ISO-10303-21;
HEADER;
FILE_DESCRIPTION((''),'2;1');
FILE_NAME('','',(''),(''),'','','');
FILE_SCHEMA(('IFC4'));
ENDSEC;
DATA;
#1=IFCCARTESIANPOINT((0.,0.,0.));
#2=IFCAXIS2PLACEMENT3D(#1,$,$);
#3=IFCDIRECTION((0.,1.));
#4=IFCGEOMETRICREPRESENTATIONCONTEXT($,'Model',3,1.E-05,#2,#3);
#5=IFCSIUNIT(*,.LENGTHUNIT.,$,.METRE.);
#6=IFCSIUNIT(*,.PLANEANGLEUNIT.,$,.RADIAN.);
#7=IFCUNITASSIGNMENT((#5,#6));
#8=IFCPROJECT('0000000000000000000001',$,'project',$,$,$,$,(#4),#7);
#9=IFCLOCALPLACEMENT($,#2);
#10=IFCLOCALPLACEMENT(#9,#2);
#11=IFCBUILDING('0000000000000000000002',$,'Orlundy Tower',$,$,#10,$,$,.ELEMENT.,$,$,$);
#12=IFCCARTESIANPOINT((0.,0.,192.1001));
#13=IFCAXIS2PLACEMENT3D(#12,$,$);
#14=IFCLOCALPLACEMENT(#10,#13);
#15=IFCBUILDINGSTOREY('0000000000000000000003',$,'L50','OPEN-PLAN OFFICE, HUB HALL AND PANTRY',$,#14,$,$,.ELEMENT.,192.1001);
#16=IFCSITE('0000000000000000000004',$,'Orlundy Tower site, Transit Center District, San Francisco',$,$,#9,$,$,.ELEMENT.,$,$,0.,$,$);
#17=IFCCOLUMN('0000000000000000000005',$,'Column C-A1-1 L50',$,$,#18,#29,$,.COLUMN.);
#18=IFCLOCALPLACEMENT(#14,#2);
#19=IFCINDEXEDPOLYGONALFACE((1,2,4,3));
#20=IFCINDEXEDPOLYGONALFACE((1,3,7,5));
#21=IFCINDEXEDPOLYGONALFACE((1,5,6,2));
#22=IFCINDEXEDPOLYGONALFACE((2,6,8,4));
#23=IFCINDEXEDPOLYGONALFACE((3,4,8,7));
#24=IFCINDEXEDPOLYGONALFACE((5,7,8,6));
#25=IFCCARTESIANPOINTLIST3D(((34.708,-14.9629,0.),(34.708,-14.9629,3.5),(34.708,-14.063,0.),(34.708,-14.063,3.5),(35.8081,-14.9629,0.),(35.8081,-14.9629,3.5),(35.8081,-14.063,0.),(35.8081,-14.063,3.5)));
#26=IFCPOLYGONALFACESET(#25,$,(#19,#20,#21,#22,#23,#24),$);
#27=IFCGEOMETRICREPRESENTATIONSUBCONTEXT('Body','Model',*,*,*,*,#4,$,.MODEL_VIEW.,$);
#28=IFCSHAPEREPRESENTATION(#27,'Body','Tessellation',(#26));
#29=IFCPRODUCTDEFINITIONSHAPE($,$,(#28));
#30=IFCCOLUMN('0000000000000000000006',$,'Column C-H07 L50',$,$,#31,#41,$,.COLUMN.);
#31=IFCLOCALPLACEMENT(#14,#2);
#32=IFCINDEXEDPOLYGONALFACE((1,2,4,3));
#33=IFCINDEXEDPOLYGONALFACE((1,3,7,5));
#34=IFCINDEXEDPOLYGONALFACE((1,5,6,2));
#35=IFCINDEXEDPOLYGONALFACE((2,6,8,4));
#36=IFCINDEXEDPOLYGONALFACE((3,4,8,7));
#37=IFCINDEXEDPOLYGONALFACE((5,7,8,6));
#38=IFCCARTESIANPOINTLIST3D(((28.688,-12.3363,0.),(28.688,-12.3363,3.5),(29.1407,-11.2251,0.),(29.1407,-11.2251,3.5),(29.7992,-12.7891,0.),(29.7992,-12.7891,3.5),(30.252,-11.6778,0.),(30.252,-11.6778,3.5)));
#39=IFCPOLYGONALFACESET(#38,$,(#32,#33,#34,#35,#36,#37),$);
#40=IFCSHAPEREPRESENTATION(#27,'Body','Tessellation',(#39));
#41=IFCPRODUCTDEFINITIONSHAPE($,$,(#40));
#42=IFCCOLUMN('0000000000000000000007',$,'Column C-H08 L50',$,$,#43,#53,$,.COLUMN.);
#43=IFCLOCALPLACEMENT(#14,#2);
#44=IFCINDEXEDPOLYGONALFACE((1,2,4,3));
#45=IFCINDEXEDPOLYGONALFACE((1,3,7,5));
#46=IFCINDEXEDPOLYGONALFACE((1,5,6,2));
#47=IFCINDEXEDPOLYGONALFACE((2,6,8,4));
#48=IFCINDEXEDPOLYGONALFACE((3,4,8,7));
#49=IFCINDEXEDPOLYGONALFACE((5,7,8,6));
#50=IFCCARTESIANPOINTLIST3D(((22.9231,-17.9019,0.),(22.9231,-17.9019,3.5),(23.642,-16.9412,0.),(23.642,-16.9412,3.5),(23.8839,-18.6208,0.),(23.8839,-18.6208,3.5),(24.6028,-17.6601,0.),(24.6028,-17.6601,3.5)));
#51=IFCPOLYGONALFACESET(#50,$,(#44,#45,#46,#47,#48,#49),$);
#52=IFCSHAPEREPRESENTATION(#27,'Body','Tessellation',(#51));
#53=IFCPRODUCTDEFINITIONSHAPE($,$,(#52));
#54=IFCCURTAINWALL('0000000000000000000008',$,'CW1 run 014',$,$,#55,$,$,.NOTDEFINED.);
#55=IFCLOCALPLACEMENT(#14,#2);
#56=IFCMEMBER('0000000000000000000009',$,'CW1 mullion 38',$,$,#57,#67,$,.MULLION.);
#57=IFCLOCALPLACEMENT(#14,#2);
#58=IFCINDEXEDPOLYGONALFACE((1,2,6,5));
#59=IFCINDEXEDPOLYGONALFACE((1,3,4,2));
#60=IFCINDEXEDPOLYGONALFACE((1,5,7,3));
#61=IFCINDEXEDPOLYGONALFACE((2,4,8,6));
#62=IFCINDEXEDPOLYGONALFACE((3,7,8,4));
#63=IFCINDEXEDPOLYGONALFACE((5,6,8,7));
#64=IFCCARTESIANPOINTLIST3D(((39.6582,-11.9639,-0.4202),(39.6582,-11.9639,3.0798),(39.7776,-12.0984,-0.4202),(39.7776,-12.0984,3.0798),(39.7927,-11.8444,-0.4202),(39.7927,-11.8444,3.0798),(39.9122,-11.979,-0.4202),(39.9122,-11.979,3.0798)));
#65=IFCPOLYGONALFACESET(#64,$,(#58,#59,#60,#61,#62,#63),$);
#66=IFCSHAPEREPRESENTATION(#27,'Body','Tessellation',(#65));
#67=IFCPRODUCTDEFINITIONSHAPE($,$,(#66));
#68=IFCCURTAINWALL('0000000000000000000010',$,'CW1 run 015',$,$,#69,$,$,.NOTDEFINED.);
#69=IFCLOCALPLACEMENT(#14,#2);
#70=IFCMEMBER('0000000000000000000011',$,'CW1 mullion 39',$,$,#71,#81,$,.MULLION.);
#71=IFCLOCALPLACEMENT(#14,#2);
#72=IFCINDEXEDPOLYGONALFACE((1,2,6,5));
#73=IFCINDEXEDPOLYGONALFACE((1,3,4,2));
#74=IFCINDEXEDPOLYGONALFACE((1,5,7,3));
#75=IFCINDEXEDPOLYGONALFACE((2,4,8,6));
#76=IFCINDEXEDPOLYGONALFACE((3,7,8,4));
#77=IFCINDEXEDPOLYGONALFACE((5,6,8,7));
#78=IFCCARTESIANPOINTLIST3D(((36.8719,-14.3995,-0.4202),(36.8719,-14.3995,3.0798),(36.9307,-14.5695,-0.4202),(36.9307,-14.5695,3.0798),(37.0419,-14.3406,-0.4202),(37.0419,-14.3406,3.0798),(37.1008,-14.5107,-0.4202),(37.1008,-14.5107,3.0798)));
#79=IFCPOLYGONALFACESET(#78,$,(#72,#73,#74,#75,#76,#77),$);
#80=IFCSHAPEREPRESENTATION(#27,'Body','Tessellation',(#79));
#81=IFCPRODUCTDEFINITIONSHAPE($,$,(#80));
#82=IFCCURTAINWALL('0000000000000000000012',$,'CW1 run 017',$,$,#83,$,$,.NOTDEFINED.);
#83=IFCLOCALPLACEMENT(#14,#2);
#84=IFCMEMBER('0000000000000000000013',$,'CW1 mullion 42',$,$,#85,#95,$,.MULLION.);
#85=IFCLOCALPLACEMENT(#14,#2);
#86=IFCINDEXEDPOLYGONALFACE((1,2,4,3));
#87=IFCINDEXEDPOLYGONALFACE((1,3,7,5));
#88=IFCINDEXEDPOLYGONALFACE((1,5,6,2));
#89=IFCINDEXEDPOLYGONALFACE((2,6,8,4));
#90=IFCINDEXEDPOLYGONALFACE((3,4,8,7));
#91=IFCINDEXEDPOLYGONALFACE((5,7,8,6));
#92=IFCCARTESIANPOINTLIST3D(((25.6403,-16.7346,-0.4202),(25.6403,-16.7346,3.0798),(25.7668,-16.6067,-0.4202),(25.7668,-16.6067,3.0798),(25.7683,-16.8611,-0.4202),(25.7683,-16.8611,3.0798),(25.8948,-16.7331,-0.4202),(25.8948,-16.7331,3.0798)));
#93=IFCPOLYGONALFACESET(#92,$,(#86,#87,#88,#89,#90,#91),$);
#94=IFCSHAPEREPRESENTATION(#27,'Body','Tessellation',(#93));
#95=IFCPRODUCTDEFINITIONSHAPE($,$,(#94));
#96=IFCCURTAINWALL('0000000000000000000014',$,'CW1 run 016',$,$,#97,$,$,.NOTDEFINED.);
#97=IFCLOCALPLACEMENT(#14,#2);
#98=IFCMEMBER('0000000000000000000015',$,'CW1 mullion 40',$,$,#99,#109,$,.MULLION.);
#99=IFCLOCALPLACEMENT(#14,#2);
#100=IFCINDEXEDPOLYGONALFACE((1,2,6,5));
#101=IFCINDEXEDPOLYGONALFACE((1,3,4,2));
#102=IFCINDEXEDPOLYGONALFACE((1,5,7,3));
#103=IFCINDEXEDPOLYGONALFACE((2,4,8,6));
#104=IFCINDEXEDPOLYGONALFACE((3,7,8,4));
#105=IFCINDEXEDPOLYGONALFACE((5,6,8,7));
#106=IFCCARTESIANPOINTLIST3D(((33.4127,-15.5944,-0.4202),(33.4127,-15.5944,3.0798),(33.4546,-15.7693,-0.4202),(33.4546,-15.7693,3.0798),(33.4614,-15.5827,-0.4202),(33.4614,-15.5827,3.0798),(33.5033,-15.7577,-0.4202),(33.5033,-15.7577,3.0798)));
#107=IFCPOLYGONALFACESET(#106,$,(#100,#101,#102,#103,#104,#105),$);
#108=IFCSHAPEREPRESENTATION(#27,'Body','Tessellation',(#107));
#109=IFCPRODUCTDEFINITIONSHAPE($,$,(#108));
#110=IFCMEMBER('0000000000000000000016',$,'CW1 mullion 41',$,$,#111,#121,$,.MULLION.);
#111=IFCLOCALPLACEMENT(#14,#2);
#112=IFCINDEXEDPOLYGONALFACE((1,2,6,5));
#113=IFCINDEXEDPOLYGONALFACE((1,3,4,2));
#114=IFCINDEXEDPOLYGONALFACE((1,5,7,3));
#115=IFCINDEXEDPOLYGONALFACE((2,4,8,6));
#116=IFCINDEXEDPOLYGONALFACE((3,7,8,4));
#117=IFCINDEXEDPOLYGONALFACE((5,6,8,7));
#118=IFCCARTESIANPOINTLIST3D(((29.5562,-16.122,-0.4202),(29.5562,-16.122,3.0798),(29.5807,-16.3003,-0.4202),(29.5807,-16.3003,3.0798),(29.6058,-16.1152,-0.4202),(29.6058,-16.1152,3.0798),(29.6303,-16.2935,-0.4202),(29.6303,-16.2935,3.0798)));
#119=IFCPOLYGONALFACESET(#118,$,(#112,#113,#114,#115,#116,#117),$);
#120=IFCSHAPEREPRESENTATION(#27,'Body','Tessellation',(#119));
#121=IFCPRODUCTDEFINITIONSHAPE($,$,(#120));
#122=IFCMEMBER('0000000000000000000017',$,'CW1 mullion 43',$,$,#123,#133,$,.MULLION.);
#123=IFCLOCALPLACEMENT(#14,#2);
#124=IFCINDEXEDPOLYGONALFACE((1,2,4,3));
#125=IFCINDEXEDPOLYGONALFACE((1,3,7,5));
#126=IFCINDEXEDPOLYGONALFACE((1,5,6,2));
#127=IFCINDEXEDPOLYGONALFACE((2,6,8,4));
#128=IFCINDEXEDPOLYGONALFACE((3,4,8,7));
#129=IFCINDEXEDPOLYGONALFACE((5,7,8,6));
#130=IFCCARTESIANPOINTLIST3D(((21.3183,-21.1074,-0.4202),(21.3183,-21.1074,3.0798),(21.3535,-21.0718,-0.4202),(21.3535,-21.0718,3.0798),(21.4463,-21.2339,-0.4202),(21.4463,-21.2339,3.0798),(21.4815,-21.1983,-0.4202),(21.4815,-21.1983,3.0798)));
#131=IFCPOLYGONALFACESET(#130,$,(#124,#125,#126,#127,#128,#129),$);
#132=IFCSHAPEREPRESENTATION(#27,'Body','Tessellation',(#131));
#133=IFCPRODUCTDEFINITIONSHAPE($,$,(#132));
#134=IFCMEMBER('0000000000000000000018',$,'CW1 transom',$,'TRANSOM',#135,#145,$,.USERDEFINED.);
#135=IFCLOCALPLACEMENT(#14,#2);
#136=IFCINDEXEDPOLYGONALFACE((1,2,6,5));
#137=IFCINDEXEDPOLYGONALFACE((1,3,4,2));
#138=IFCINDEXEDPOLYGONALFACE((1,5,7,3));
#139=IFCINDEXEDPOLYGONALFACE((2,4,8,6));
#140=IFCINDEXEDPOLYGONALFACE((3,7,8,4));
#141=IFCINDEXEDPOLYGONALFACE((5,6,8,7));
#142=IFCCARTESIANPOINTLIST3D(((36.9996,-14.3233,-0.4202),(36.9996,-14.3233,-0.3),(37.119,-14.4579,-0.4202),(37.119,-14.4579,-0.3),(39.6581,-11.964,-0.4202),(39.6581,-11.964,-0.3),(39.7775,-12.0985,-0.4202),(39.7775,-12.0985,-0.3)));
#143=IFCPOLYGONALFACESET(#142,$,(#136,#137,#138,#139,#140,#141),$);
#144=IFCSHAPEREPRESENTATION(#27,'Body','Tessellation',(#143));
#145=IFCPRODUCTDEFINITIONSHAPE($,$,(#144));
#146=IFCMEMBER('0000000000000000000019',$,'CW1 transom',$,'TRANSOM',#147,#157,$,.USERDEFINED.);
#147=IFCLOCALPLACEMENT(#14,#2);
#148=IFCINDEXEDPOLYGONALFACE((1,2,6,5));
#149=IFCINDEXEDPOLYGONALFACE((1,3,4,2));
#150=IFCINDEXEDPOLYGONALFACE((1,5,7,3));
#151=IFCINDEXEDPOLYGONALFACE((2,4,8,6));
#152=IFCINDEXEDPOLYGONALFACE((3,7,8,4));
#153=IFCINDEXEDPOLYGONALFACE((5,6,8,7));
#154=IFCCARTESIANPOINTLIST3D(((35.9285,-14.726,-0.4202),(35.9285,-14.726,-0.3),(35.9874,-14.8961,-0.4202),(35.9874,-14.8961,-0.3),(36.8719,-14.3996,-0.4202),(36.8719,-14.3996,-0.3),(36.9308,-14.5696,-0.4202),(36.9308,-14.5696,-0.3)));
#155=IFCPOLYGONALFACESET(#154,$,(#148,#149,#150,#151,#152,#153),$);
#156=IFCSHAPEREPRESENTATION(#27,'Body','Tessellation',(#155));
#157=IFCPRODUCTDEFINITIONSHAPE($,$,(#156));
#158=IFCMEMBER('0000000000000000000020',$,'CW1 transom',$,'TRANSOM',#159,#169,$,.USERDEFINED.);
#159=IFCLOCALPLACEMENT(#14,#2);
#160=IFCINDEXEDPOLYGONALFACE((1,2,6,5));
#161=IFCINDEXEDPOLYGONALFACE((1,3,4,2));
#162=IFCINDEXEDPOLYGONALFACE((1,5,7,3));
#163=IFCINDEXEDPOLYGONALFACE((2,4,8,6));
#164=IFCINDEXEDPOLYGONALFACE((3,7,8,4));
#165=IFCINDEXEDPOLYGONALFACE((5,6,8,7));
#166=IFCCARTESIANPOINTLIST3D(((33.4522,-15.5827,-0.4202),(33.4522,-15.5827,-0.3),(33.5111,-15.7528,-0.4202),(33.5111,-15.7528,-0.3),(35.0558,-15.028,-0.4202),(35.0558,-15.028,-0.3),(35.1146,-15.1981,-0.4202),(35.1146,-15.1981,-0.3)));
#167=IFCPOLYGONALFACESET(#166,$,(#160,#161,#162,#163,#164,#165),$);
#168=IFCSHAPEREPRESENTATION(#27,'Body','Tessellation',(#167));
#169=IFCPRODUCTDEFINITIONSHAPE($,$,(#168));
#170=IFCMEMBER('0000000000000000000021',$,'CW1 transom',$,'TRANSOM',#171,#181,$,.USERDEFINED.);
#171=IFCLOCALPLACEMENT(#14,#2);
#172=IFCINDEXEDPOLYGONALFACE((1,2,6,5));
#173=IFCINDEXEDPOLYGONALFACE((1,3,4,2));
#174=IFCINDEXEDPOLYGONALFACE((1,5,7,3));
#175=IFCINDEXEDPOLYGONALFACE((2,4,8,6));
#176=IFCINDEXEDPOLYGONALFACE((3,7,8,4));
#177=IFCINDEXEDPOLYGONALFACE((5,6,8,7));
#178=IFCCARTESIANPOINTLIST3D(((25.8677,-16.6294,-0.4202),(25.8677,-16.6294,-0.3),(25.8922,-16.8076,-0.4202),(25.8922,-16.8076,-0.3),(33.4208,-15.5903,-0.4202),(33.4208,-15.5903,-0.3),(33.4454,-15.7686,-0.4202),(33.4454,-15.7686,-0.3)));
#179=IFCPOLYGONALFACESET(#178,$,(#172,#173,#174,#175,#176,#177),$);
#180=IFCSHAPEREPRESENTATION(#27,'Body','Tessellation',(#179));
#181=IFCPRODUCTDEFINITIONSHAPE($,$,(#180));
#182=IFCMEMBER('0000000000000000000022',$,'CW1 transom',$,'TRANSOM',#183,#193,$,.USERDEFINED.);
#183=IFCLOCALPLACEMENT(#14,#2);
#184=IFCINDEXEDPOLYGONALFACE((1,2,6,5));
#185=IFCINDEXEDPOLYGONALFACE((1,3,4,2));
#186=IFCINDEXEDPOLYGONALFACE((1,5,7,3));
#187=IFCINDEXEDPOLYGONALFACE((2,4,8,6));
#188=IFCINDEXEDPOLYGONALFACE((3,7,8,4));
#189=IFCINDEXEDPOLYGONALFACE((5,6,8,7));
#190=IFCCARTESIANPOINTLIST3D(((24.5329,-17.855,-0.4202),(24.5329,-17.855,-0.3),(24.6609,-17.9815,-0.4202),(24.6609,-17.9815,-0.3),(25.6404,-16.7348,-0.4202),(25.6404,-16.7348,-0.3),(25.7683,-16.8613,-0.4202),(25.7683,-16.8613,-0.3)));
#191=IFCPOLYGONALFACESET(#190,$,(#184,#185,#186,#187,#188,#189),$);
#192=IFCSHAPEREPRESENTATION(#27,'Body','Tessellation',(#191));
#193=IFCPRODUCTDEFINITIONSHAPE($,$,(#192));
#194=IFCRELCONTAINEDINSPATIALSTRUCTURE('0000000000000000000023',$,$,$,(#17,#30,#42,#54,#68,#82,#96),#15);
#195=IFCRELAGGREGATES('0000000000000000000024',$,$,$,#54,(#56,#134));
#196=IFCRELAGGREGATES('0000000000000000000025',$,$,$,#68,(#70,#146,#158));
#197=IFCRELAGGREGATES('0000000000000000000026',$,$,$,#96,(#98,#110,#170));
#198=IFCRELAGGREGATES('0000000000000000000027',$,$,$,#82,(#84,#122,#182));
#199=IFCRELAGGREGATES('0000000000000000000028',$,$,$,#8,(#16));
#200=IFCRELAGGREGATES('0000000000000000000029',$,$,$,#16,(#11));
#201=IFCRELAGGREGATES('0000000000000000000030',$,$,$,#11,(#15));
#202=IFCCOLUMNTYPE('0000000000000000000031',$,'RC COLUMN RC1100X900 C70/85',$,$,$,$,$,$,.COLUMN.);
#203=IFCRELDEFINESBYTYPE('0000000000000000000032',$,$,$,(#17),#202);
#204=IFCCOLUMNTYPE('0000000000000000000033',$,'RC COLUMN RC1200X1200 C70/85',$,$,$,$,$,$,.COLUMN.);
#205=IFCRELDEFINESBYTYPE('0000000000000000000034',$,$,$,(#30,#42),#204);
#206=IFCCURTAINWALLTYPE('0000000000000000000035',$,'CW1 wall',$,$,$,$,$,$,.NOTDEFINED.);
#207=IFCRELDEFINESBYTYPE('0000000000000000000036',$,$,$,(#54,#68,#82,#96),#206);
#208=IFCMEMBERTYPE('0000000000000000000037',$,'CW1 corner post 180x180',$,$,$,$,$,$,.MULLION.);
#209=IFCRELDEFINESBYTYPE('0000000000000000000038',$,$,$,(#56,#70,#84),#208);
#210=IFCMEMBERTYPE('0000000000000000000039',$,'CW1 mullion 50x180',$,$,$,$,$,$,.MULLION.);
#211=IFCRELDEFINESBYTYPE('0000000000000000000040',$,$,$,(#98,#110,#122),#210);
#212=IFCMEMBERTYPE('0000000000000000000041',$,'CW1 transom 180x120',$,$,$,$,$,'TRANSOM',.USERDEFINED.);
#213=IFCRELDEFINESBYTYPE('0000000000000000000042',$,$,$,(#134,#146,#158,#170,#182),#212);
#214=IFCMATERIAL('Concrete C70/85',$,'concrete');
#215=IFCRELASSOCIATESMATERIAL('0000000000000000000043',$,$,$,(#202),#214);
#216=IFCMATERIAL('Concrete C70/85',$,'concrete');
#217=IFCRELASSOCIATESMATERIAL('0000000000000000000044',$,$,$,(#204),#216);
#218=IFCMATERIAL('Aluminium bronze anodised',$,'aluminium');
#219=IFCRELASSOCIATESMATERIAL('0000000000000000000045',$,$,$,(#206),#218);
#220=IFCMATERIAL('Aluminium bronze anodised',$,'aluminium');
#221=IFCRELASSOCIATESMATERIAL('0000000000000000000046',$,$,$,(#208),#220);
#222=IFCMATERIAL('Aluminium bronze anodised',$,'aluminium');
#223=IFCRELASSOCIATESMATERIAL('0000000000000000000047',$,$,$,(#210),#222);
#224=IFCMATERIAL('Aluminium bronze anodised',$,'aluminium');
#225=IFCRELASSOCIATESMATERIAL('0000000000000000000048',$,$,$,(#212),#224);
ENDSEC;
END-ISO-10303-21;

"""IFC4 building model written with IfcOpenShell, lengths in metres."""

from ifc_helpers import new_model, si_unit, direction, frame, origin, origin_2d, place, context, subcontext, project, spatial, rectangle, extrude, material, material_profile, profile_set, type_object, element, aggregate, save


model = new_model("IFC4")

# Units and contexts
model_context = context("Model", 3, precision=1e-05, world=origin(), true_north=direction((0.0, 1.0)))
body_context = subcontext(model_context, "Body", "Model", "MODEL_VIEW")
ifc_project = project(units=[si_unit("LENGTHUNIT", "METRE"), si_unit("PLANEANGLEUNIT", "RADIAN")], contexts=[model_context])

# Site, building, storey
site_placement = place(None, origin())
site = spatial("IfcSite", under=ifc_project, at=site_placement, Name="Orlundy Tower site, Transit Center District, San Francisco", CompositionType="ELEMENT", RefElevation=0.0)
building_placement = place(site_placement, origin())
building = spatial("IfcBuilding", under=site, at=building_placement, Name="Orlundy Tower", CompositionType="ELEMENT")
storey_placement = place(building_placement, frame((0.0, 0.0, 192.1001)))
storey = spatial("IfcBuildingStorey", under=building, at=storey_placement, Name="L50", Description="OPEN-PLAN OFFICE, HUB HALL AND PANTRY", CompositionType="ELEMENT", Elevation=192.1001)

# Columns
ifc_material_1 = material(Name="Concrete C70/85", Category="concrete")
ifc_material_profile_1 = material_profile(ifc_material_1, rectangle(XDim=1.1001, YDim=0.8999, at=origin_2d()), Name="RC1100X900")
ifc_profile_set_1 = profile_set([ifc_material_profile_1], Name="Concrete C70/85")
column_type_1 = type_object("IfcColumnType", Name="RC COLUMN RC1100X900 C70/85", PredefinedType="COLUMN", material=ifc_profile_set_1)
column_placement = place(storey_placement, frame((35.2581, -14.5129, 0.0), z_axis=(0.0, 0.0, 1.0), x_axis=(1.0, 0.0, 0.0)))
element("IfcColumn", 1, at=column_placement, inside=storey, type_object=column_type_1, Name="Column C-A1-1 L50", PredefinedType="COLUMN", context=body_context, shape_type="SweptSolid", body=[
    extrude(rectangle(XDim=1.1001, YDim=0.8999, at=origin_2d()), origin(), (0.0, 0.0, 1.0), 3.5),
])
ifc_material_2 = material(Name="Concrete C70/85", Category="concrete")
ifc_material_profile_2 = material_profile(ifc_material_2, rectangle(XDim=1.2, YDim=1.2, at=origin_2d()), Name="RC1200X1200")
ifc_profile_set_2 = profile_set([ifc_material_profile_2], Name="Concrete C70/85")
column_type_2 = type_object("IfcColumnType", Name="RC COLUMN RC1200X1200 C70/85", PredefinedType="COLUMN", material=ifc_profile_set_2)
for number, where, z_axis, x_axis, name in (
    (2, (29.47, -12.0071, 0.0), (0.0, 0.0, 1.0), (0.926081, -0.377324, 0.0), "Column C-H07 L50"),
    (3, (23.7629, -17.781, 0.0), (0.0, 0.0, 1.0), (0.800669, -0.599107, 0.0), "Column C-H08 L50"),
):
    element("IfcColumn", number, at=place(storey_placement, frame(where, z_axis=z_axis, x_axis=x_axis)), inside=storey, type_object=column_type_2, Name=name, PredefinedType="COLUMN", context=body_context, shape_type="SweptSolid", body=[
        extrude(rectangle(XDim=1.2, YDim=1.2, at=origin_2d()), origin(), (0.0, 0.0, 1.0), 3.5),
    ])

# Curtain walls, members
ifc_material_3 = material(Name="Aluminium bronze anodised", Category="aluminium")
curtain_wall_type = type_object("IfcCurtainWallType", Name="CW1 wall", PredefinedType="NOTDEFINED", material=ifc_material_3)
curtain_wall_1_placement = place(storey_placement, origin())
curtain_wall_1 = element("IfcCurtainWall", 4, at=curtain_wall_1_placement, inside=storey, type_object=curtain_wall_type, Name="CW1 run 014", PredefinedType="NOTDEFINED")
ifc_material_4 = material(Name="Aluminium bronze anodised", Category="aluminium")
ifc_material_profile_3 = material_profile(ifc_material_4, rectangle(XDim=0.1799, YDim=0.1799, at=origin_2d()), Name="CW1 corner post 180x180")
ifc_profile_set_3 = profile_set([ifc_material_profile_3], Name="Aluminium bronze anodised")
member_type_1 = type_object("IfcMemberType", Name="CW1 corner post 180x180", PredefinedType="MULLION", material=ifc_profile_set_3)
member_1_placement = place(storey_placement, frame((39.7852, -11.9714, -0.4202), z_axis=(0.0, 0.0, 1.0), x_axis=(0.663761, -0.747945, 0.0)))
member_1 = element("IfcMember", 5, at=member_1_placement, type_object=member_type_1, Name="CW1 mullion 38", PredefinedType="MULLION", context=body_context, shape_type="SweptSolid", body=[
    extrude(rectangle(XDim=0.1799, YDim=0.1799, at=origin_2d()), origin(), (0.0, 0.0, 1.0), 3.5),
])
curtain_wall_2_placement = place(storey_placement, origin())
curtain_wall_2 = element("IfcCurtainWall", 6, at=curtain_wall_2_placement, inside=storey, type_object=curtain_wall_type, Name="CW1 run 015", PredefinedType="NOTDEFINED")
member_2_placement = place(storey_placement, frame((36.9863, -14.4551, -0.4202), z_axis=(0.0, 0.0, 1.0), x_axis=(0.326972, -0.945034, 0.0)))
member_2 = element("IfcMember", 7, at=member_2_placement, type_object=member_type_1, Name="CW1 mullion 39", PredefinedType="MULLION", context=body_context, shape_type="SweptSolid", body=[
    extrude(rectangle(XDim=0.1799, YDim=0.1799, at=origin_2d()), origin(), (0.0, 0.0, 1.0), 3.5),
])
curtain_wall_3_placement = place(storey_placement, origin())
curtain_wall_3 = element("IfcCurtainWall", 8, at=curtain_wall_3_placement, inside=storey, type_object=curtain_wall_type, Name="CW1 run 017", PredefinedType="NOTDEFINED")
member_3_placement = place(storey_placement, frame((25.7676, -16.7339, -0.4202), z_axis=(0.0, 0.0, 1.0), x_axis=(0.711219, -0.70297, 0.0)))
member_3 = element("IfcMember", 9, at=member_3_placement, type_object=member_type_1, Name="CW1 mullion 42", PredefinedType="MULLION", context=body_context, shape_type="SweptSolid", body=[
    extrude(rectangle(XDim=0.1799, YDim=0.1799, at=origin_2d()), origin(), (0.0, 0.0, 1.0), 3.5),
])

# Curtain wall, members
curtain_wall_4_placement = place(storey_placement, origin())
curtain_wall_4 = element("IfcCurtainWall", 10, at=curtain_wall_4_placement, inside=storey, type_object=curtain_wall_type, Name="CW1 run 016", PredefinedType="NOTDEFINED")
ifc_material_5 = material(Name="Aluminium bronze anodised", Category="aluminium")
ifc_material_profile_4 = material_profile(ifc_material_5, rectangle(XDim=0.1799, YDim=0.05, at=origin_2d()), Name="CW1 mullion 50x180")
ifc_profile_set_4 = profile_set([ifc_material_profile_4], Name="Aluminium bronze anodised")
member_type_2 = type_object("IfcMemberType", Name="CW1 mullion 50x180", PredefinedType="MULLION", material=ifc_profile_set_4)
member_4_placement = place(storey_placement, frame((33.458, -15.676, -0.4202), z_axis=(0.0, 0.0, 1.0), x_axis=(0.232754, -0.972536, 0.0)))
member_4 = element("IfcMember", 11, at=member_4_placement, type_object=member_type_2, Name="CW1 mullion 40", PredefinedType="MULLION", context=body_context, shape_type="SweptSolid", body=[
    extrude(rectangle(XDim=0.1799, YDim=0.05, at=origin_2d()), origin(), (0.0, 0.0, 1.0), 3.5),
])
member_5_placement = place(storey_placement, frame((29.5933, -16.2078, -0.4202), z_axis=(0.0, 0.0, 1.0), x_axis=(0.136294, -0.990668, 0.0)))
member_5 = element("IfcMember", 12, at=member_5_placement, type_object=member_type_2, Name="CW1 mullion 41", PredefinedType="MULLION", context=body_context, shape_type="SweptSolid", body=[
    extrude(rectangle(XDim=0.1799, YDim=0.05, at=origin_2d()), origin(), (0.0, 0.0, 1.0), 3.5),
])

# Members
member_6_placement = place(storey_placement, frame((21.3999, -21.1528, -0.4202), z_axis=(0.0, 0.0, 1.0), x_axis=(0.711219, -0.70297, 0.0)))
member_6 = element("IfcMember", 13, at=member_6_placement, type_object=member_type_2, Name="CW1 mullion 43", PredefinedType="MULLION", context=body_context, shape_type="SweptSolid", body=[
    extrude(rectangle(XDim=0.1799, YDim=0.05, at=origin_2d()), origin(), (0.0, 0.0, 1.0), 3.5),
])
ifc_material_6 = material(Name="Aluminium bronze anodised", Category="aluminium")
ifc_material_profile_5 = material_profile(ifc_material_6, rectangle(XDim=0.1799, YDim=0.1201, at=origin_2d()), Name="CW1 transom 180x120")
ifc_profile_set_5 = profile_set([ifc_material_profile_5], Name="Aluminium bronze anodised")
member_type_3 = type_object("IfcMemberType", Name="CW1 transom 180x120", ElementType="TRANSOM", PredefinedType="USERDEFINED", material=ifc_profile_set_5)
member_7_placement = place(storey_placement, frame((39.7178, -12.0312, -0.3601), z_axis=(-0.747924, -0.663784, 0.0), x_axis=(0.663784, -0.747924, 0.0)))
member_7 = element("IfcMember", 14, at=member_7_placement, type_object=member_type_3, Name="CW1 transom", ObjectType="TRANSOM", PredefinedType="USERDEFINED", context=body_context, shape_type="SweptSolid", body=[
    extrude(rectangle(XDim=0.1799, YDim=0.1201, at=origin_2d()), origin(), (0.0, 0.0, 1.0), 3.5544),
])
member_8_placement = place(storey_placement, frame((36.9014, -14.4846, -0.3601), z_axis=(-0.945027, -0.326993, 0.0), x_axis=(0.326993, -0.945027, 0.0)))
member_8 = element("IfcMember", 15, at=member_8_placement, type_object=member_type_3, Name="CW1 transom", ObjectType="TRANSOM", PredefinedType="USERDEFINED", context=body_context, shape_type="SweptSolid", body=[
    extrude(rectangle(XDim=0.1799, YDim=0.1201, at=origin_2d()), origin(), (0.0, 0.0, 1.0), 0.9983),
])
member_9_placement = place(storey_placement, frame((35.0852, -15.113, -0.3601), z_axis=(-0.945054, -0.326913, 0.0), x_axis=(0.326913, -0.945054, 0.0)))
member_9 = element("IfcMember", 16, at=member_9_placement, type_object=member_type_3, Name="CW1 transom", ObjectType="TRANSOM", PredefinedType="USERDEFINED", context=body_context, shape_type="SweptSolid", body=[
    extrude(rectangle(XDim=0.1799, YDim=0.1201, at=origin_2d()), origin(), (0.0, 0.0, 1.0), 1.6968),
])
member_10_placement = place(storey_placement, frame((33.4331, -15.6794, -0.3601), z_axis=(-0.99067, -0.136282, 0.0), x_axis=(0.136282, -0.99067, 0.0)))
member_10 = element("IfcMember", 17, at=member_10_placement, type_object=member_type_3, Name="CW1 transom", ObjectType="TRANSOM", PredefinedType="USERDEFINED", context=body_context, shape_type="SweptSolid", body=[
    extrude(rectangle(XDim=0.1799, YDim=0.1201, at=origin_2d()), origin(), (0.0, 0.0, 1.0), 7.6243),
])
member_11_placement = place(storey_placement, frame((25.7043, -16.7981, -0.3601), z_axis=(-0.703065, -0.711125, 0.0), x_axis=(0.711125, -0.703065, 0.0)))
member_11 = element("IfcMember", 18, at=member_11_placement, type_object=member_type_3, Name="CW1 transom", ObjectType="TRANSOM", PredefinedType="USERDEFINED", context=body_context, shape_type="SweptSolid", body=[
    extrude(rectangle(XDim=0.1799, YDim=0.1201, at=origin_2d()), origin(), (0.0, 0.0, 1.0), 1.5752),
])

aggregate(curtain_wall_1, [member_1, member_7])
aggregate(curtain_wall_2, [member_2, member_8, member_9])
aggregate(curtain_wall_4, [member_4, member_5, member_10])
aggregate(curtain_wall_3, [member_3, member_6, member_11])

save(model, "model.ifc")
